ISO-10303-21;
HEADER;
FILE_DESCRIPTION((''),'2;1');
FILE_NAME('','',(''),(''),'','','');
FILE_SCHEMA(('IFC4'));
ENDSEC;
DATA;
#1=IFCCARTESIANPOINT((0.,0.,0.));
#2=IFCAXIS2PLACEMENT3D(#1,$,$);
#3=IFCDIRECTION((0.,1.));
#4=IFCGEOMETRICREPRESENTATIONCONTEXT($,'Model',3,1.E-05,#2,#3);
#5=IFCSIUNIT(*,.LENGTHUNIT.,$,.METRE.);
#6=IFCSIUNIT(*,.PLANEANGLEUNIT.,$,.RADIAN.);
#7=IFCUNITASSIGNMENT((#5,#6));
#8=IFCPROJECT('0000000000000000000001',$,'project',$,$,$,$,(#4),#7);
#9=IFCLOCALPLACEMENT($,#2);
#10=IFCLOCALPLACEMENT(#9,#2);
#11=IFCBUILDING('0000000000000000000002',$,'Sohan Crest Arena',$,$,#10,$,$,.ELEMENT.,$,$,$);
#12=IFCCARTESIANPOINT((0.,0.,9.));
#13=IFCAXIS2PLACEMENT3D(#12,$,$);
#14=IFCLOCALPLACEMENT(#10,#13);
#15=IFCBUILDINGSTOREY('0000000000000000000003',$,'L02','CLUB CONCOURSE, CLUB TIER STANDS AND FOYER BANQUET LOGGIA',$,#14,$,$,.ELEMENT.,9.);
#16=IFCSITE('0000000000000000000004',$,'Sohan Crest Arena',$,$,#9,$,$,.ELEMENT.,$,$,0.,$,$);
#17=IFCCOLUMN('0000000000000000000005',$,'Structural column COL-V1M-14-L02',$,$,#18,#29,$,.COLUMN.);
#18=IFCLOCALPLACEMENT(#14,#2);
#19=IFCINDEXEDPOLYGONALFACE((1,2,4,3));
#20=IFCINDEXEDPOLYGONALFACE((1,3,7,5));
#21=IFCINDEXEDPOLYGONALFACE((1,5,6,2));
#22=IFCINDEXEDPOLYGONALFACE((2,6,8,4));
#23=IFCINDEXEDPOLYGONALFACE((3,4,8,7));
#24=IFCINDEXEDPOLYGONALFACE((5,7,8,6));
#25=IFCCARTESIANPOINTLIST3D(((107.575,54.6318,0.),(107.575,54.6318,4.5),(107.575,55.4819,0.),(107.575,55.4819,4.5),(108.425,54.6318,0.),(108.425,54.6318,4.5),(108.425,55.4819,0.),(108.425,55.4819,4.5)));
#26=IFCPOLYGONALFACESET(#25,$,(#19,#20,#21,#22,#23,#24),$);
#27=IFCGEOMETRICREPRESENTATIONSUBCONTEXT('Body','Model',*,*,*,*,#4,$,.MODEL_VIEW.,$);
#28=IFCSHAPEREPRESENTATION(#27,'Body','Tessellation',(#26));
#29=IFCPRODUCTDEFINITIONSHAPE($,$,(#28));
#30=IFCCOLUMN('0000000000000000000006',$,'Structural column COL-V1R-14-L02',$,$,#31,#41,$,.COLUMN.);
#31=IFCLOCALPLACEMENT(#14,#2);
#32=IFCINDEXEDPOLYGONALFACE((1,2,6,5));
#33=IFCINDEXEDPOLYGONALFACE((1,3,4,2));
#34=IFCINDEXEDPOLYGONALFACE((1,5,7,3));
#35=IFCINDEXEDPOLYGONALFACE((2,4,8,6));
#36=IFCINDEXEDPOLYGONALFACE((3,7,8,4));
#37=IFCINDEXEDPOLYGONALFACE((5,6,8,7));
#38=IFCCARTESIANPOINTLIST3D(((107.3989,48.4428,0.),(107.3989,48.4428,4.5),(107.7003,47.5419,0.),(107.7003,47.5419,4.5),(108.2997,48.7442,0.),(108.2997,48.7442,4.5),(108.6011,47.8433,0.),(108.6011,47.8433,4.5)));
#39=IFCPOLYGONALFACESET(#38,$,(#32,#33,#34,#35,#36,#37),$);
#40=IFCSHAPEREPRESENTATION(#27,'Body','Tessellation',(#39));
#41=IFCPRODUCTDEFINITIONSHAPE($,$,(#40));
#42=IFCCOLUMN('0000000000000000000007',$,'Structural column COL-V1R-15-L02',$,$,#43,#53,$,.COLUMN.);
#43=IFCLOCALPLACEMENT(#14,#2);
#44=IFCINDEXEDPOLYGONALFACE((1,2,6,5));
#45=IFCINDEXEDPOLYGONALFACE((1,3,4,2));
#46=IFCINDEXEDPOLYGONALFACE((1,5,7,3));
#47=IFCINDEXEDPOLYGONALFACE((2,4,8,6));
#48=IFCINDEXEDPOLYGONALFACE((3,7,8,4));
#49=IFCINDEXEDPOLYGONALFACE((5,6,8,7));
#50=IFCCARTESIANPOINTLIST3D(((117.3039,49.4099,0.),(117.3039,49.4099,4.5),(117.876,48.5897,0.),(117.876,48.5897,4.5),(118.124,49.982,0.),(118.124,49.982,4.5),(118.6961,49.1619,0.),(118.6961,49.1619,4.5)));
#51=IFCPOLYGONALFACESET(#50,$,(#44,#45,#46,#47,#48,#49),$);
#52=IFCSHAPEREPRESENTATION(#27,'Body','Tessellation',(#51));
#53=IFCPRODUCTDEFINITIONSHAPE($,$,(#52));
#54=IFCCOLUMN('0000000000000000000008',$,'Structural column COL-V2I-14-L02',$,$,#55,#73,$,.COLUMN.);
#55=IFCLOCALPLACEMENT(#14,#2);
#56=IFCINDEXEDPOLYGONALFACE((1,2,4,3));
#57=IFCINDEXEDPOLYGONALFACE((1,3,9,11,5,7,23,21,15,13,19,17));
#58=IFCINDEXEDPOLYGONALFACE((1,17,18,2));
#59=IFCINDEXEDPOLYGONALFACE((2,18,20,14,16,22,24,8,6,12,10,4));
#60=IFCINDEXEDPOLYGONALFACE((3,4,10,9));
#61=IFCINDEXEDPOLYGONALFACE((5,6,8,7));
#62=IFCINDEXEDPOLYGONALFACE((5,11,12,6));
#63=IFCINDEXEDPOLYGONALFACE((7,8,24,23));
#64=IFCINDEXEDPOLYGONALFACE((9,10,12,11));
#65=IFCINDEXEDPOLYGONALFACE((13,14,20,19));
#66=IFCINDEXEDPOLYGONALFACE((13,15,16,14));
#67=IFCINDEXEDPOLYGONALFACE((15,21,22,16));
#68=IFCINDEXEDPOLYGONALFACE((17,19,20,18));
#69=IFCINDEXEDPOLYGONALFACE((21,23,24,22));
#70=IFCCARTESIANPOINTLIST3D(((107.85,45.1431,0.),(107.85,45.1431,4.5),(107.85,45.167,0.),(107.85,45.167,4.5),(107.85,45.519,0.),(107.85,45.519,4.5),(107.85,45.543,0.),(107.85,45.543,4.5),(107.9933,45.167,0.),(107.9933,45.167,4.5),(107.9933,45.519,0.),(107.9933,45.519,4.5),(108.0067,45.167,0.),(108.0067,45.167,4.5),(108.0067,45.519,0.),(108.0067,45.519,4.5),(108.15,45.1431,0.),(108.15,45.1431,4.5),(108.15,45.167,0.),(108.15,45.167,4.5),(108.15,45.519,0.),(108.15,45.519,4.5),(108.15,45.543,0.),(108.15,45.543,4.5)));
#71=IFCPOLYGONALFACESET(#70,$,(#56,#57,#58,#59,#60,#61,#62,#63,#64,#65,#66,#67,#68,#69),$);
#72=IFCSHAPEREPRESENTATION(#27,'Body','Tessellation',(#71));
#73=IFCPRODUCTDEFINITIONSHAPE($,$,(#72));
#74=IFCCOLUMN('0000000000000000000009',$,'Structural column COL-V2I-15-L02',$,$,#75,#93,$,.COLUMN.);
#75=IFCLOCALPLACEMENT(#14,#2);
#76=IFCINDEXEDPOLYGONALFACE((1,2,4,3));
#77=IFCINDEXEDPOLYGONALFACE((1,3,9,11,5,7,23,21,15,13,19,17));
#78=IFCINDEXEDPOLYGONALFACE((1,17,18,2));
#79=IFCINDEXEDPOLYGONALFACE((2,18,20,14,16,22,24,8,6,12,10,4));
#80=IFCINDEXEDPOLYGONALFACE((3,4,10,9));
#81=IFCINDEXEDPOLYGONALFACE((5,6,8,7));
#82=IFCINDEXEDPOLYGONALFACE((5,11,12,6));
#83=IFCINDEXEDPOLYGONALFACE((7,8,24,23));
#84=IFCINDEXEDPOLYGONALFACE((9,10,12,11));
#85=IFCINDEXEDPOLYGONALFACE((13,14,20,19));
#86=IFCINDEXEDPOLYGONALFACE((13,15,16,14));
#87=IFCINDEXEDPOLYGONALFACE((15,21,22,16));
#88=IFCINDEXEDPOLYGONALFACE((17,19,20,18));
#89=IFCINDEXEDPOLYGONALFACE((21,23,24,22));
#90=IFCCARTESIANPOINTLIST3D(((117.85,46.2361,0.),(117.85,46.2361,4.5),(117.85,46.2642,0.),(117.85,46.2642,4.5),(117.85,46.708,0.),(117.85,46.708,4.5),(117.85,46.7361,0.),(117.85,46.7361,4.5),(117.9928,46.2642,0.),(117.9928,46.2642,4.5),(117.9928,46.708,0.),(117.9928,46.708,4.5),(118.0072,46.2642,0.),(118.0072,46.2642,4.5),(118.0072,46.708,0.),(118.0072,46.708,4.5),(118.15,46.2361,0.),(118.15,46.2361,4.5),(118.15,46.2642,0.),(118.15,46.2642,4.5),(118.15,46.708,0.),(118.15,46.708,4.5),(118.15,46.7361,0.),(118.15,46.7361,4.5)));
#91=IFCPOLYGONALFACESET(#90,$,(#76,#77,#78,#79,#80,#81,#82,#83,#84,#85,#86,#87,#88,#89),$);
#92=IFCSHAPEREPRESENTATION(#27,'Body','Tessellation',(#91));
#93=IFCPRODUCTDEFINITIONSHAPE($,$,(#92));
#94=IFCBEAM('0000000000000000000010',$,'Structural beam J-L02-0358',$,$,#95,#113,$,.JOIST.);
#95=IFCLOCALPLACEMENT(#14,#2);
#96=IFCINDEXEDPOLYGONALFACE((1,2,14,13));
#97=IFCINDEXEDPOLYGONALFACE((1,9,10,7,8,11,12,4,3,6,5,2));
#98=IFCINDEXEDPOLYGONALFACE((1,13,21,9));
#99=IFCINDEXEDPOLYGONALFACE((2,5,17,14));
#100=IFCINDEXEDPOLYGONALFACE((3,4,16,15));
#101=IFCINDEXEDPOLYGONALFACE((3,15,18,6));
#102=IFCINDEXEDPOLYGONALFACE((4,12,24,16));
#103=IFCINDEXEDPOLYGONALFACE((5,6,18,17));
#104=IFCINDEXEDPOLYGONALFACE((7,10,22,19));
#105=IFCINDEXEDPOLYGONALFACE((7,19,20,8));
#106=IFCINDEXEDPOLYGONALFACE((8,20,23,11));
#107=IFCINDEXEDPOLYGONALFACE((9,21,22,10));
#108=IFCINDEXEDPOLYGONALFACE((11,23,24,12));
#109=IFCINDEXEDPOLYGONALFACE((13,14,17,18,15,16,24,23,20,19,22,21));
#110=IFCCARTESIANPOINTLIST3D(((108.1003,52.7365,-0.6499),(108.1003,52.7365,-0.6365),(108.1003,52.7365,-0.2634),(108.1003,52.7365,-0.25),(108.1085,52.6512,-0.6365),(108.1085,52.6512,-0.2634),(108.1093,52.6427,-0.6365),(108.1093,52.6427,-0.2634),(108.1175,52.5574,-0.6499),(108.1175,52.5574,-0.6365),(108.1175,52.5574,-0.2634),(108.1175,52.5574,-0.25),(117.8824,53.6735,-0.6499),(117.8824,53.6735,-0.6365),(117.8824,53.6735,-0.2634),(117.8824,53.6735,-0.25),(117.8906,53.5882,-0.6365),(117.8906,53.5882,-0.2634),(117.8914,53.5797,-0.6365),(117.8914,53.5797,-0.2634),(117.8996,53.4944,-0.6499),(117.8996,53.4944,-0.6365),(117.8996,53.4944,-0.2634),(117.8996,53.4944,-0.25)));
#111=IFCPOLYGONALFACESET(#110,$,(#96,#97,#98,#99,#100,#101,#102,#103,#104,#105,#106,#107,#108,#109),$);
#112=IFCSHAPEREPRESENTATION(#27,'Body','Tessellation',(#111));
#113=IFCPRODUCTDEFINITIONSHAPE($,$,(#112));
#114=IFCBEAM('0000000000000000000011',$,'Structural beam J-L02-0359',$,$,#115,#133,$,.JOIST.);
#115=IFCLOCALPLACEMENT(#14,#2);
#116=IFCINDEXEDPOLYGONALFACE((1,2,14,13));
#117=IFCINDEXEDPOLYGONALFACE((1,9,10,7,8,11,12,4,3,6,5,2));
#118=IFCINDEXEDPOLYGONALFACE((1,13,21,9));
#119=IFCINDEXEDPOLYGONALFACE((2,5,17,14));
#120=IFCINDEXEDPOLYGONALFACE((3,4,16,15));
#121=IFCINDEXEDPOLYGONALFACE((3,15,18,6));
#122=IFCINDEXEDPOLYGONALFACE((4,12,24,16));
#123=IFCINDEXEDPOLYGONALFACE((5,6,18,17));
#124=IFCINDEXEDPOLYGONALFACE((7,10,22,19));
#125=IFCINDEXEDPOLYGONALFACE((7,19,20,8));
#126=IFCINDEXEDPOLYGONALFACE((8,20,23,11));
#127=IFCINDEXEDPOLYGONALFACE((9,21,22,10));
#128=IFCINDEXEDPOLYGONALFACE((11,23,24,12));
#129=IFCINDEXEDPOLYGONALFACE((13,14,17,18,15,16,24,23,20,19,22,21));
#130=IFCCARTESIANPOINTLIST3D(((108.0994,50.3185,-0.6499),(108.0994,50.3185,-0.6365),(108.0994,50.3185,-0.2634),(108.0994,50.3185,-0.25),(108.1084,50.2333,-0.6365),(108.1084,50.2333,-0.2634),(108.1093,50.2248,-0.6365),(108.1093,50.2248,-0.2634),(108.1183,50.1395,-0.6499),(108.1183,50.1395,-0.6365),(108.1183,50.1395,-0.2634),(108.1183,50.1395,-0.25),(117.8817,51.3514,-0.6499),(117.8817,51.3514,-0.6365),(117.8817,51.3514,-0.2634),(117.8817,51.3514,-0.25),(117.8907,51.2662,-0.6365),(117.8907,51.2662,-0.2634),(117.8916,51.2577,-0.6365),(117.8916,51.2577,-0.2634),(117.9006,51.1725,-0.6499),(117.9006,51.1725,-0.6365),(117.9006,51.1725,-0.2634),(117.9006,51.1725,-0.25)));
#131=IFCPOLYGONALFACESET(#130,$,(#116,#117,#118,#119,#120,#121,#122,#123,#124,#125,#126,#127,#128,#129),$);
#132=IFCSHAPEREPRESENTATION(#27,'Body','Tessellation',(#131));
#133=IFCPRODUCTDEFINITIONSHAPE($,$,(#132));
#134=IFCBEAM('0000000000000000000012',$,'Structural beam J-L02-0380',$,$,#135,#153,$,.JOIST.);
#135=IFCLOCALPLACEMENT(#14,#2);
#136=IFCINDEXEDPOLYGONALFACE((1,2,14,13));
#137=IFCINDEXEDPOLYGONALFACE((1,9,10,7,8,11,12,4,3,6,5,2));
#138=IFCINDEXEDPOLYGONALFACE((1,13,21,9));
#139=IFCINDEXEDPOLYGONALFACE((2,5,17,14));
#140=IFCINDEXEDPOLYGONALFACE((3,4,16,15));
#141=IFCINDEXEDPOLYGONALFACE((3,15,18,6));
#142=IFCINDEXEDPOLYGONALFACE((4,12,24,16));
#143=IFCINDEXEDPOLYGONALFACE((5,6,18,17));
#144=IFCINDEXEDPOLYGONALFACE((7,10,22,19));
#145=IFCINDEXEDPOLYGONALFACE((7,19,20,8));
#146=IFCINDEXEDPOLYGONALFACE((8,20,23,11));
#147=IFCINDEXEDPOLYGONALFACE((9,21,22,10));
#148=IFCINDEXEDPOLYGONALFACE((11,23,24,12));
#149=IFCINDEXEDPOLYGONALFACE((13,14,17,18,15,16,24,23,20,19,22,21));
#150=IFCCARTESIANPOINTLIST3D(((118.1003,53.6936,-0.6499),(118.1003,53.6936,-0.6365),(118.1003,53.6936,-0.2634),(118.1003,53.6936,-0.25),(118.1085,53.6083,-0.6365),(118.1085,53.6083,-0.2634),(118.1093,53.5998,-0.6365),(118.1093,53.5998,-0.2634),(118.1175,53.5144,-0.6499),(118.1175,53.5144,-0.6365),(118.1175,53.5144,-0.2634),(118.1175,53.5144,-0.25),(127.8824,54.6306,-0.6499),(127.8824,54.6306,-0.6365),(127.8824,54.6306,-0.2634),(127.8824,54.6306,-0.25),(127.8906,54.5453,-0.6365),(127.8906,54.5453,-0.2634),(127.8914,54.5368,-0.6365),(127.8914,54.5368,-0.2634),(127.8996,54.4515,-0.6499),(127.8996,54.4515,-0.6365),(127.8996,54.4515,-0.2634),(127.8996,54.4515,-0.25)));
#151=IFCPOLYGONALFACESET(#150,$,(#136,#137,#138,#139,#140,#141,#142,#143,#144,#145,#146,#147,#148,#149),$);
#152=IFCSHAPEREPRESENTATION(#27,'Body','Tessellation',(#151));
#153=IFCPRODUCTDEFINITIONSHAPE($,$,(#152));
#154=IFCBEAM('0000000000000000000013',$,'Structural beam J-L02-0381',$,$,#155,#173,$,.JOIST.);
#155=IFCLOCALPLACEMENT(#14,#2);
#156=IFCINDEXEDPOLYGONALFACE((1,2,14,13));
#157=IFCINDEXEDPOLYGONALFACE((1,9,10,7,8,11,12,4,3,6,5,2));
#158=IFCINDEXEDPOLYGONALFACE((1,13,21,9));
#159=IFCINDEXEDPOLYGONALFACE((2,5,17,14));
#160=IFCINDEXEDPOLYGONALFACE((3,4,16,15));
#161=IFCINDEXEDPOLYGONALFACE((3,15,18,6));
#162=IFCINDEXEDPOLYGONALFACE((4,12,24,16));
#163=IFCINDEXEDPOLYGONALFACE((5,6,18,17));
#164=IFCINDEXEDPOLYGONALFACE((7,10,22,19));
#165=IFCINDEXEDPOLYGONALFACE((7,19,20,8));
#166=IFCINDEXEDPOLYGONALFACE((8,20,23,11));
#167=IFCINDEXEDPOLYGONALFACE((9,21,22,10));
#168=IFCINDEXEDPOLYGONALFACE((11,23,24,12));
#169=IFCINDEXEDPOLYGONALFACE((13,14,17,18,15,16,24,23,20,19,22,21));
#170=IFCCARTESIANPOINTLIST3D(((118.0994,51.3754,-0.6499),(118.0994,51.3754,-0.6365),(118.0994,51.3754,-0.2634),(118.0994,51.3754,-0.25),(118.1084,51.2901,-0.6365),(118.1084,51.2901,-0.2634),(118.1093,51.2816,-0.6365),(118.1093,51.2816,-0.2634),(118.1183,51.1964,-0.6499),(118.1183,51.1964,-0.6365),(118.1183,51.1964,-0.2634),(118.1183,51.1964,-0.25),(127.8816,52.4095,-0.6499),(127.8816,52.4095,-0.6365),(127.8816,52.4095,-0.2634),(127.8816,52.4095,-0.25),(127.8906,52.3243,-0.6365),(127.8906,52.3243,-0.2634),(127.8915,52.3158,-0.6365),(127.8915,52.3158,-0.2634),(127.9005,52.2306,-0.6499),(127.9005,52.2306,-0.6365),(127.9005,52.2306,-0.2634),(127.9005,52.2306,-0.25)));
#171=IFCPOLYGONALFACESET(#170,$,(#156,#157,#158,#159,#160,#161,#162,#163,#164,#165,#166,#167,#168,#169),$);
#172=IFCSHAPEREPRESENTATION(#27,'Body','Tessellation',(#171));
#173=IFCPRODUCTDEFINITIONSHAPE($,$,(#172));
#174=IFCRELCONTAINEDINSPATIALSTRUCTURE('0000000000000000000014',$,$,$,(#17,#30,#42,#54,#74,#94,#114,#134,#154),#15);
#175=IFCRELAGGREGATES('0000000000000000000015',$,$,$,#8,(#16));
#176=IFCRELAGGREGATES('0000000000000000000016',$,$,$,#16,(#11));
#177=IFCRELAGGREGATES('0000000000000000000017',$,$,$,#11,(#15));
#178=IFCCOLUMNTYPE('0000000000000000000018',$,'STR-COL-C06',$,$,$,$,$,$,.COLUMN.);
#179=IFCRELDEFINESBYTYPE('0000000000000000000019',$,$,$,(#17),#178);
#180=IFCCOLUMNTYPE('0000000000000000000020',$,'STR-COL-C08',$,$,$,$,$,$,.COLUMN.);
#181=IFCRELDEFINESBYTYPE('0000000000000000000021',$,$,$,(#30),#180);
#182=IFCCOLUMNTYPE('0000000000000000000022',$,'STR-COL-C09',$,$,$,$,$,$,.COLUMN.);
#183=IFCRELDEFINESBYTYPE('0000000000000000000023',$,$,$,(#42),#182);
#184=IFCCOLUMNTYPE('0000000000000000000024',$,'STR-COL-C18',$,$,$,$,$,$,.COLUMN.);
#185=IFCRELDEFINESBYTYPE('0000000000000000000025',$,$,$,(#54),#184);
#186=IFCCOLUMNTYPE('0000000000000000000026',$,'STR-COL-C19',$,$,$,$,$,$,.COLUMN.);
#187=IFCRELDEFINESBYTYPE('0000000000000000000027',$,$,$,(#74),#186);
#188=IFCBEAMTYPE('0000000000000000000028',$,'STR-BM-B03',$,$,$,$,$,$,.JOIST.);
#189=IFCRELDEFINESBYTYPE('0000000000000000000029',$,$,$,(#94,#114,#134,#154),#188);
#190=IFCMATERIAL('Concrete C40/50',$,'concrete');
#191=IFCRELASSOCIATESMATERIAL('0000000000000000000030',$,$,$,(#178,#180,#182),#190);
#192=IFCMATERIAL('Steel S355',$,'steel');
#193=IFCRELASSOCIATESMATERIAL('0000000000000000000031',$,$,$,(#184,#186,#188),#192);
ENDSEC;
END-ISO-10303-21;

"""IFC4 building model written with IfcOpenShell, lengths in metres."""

from ifc_helpers import new_model, si_unit, direction, frame, origin, origin_2d, place, context, subcontext, project, spatial, rectangle, i_section, extrude, material, material_profile, profile_set, type_object, element, save


model = new_model("IFC4")

# Units and contexts
model_context = context("Model", 3, precision=1e-05, world=origin(), true_north=direction((0.0, 1.0)))
body_context = subcontext(model_context, "Body", "Model", "MODEL_VIEW")
ifc_project = project(units=[si_unit("LENGTHUNIT", "METRE"), si_unit("PLANEANGLEUNIT", "RADIAN")], contexts=[model_context])

# Site, building, storey
site_placement = place(None, origin())
site = spatial("IfcSite", under=ifc_project, at=site_placement, Name="Sohan Crest Arena", CompositionType="ELEMENT", RefElevation=0.0)
building_placement = place(site_placement, origin())
building = spatial("IfcBuilding", under=site, at=building_placement, Name="Sohan Crest Arena", CompositionType="ELEMENT")
storey_placement = place(building_placement, frame((0.0, 0.0, 9.0)))
storey = spatial("IfcBuildingStorey", under=building, at=storey_placement, Name="L02", Description="CLUB CONCOURSE, CLUB TIER STANDS AND FOYER BANQUET LOGGIA", CompositionType="ELEMENT", Elevation=9.0)

# Columns
ifc_material_1 = material(Name="Concrete C40/50", Category="concrete")
ifc_material_profile_1 = material_profile(ifc_material_1, rectangle(XDim=0.8501, YDim=0.8501, at=origin_2d()), Name="RC 850x850")
ifc_profile_set_1 = profile_set([ifc_material_profile_1], Name="Concrete C40/50")
column_type_1 = type_object("IfcColumnType", Name="STR-COL-C06", PredefinedType="COLUMN", material=ifc_profile_set_1)
column_1_placement = place(storey_placement, frame((108.0, 55.0569, 0.0), z_axis=(0.0, 0.0, 1.0), x_axis=(1.0, 0.0, 0.0)))
element("IfcColumn", 1, at=column_1_placement, inside=storey, type_object=column_type_1, Name="Structural column COL-V1M-14-L02", PredefinedType="COLUMN", context=body_context, shape_type="SweptSolid", body=[
    extrude(rectangle(XDim=0.8501, YDim=0.8501, at=origin_2d()), origin(), (0.0, 0.0, 1.0), 4.5),
])
ifc_material_profile_2 = material_profile(ifc_material_1, rectangle(XDim=0.95, YDim=0.95, at=origin_2d()), Name="RC 950x950")
ifc_profile_set_2 = profile_set([ifc_material_profile_2], Name="Concrete C40/50")
column_type_2 = type_object("IfcColumnType", Name="STR-COL-C08", PredefinedType="COLUMN", material=ifc_profile_set_2)
column_2_placement = place(storey_placement, frame((108.0, 48.1431, 0.0), z_axis=(0.0, 0.0, 1.0), x_axis=(-0.317305, 0.948324, 0.0)))
element("IfcColumn", 2, at=column_2_placement, inside=storey, type_object=column_type_2, Name="Structural column COL-V1R-14-L02", PredefinedType="COLUMN", context=body_context, shape_type="SweptSolid", body=[
    extrude(rectangle(XDim=0.95, YDim=0.95, at=origin_2d()), origin(), (0.0, 0.0, 1.0), 4.5),
])
ifc_material_profile_3 = material_profile(ifc_material_1, rectangle(XDim=1.0, YDim=1.0, at=origin_2d()), Name="RC 1000x1000")
ifc_profile_set_3 = profile_set([ifc_material_profile_3], Name="Concrete C40/50")
column_type_3 = type_object("IfcColumnType", Name="STR-COL-C09", PredefinedType="COLUMN", material=ifc_profile_set_3)
column_3_placement = place(storey_placement, frame((118.0, 49.2859, 0.0), z_axis=(0.0, 0.0, 1.0), x_axis=(-0.572146, 0.820152, 0.0)))
element("IfcColumn", 3, at=column_3_placement, inside=storey, type_object=column_type_3, Name="Structural column COL-V1R-15-L02", PredefinedType="COLUMN", context=body_context, shape_type="SweptSolid", body=[
    extrude(rectangle(XDim=1.0, YDim=1.0, at=origin_2d()), origin(), (0.0, 0.0, 1.0), 4.5),
])
ifc_material_2 = material(Name="Steel S355", Category="steel")
ifc_material_profile_4 = material_profile(ifc_material_2, i_section(OverallWidth=0.3, OverallDepth=0.3999, WebThickness=0.0134, FlangeThickness=0.0239, at=origin_2d()), Name="HEB 400")
ifc_profile_set_4 = profile_set([ifc_material_profile_4], Name="Steel S355")
column_type_4 = type_object("IfcColumnType", Name="STR-COL-C18", PredefinedType="COLUMN", material=ifc_profile_set_4)
column_4_placement = place(storey_placement, frame((108.0, 45.343, 0.0), z_axis=(0.0, 0.0, 1.0), x_axis=(1.0, 0.0, 0.0)))
element("IfcColumn", 4, at=column_4_placement, inside=storey, type_object=column_type_4, Name="Structural column COL-V2I-14-L02", PredefinedType="COLUMN", context=body_context, shape_type="SweptSolid", body=[
    extrude(i_section(OverallWidth=0.3, OverallDepth=0.3999, WebThickness=0.0134, FlangeThickness=0.0239, at=origin_2d()), origin(), (0.0, 0.0, 1.0), 4.5),
])
ifc_material_profile_5 = material_profile(ifc_material_2, i_section(OverallWidth=0.3, OverallDepth=0.5, WebThickness=0.0144, FlangeThickness=0.0281, at=origin_2d()), Name="HEB 500")
ifc_profile_set_5 = profile_set([ifc_material_profile_5], Name="Steel S355")
column_type_5 = type_object("IfcColumnType", Name="STR-COL-C19", PredefinedType="COLUMN", material=ifc_profile_set_5)
column_5_placement = place(storey_placement, frame((118.0, 46.4861, 0.0), z_axis=(0.0, 0.0, 1.0), x_axis=(1.0, 0.0, 0.0)))
element("IfcColumn", 5, at=column_5_placement, inside=storey, type_object=column_type_5, Name="Structural column COL-V2I-15-L02", PredefinedType="COLUMN", context=body_context, shape_type="SweptSolid", body=[
    extrude(i_section(OverallWidth=0.3, OverallDepth=0.5, WebThickness=0.0144, FlangeThickness=0.0281, at=origin_2d()), origin(), (0.0, 0.0, 1.0), 4.5),
])

# Beams
ifc_material_profile_6 = material_profile(ifc_material_2, i_section(OverallWidth=0.1799, OverallDepth=0.3999, WebThickness=0.0085, FlangeThickness=0.0134, at=origin_2d()), Name="IPE 400")
ifc_profile_set_6 = profile_set([ifc_material_profile_6], Name="Steel S355")
beam_type_1 = type_object("IfcBeamType", Name="STR-BM-B03", PredefinedType="JOIST", material=ifc_profile_set_6)
beam_1_placement = place(storey_placement, frame((108.1089, 52.647, -0.45), z_axis=(0.995444, 0.095351, 0.0), x_axis=(-0.095351, 0.995444, 0.0)))
element("IfcBeam", 6, at=beam_1_placement, inside=storey, type_object=beam_type_1, Name="Structural beam J-L02-0358", PredefinedType="JOIST", context=body_context, shape_type="SweptSolid", body=[
    extrude(i_section(OverallWidth=0.1799, OverallDepth=0.3999, WebThickness=0.0085, FlangeThickness=0.0134, at=origin_2d()), origin(), (0.0, 0.0, 1.0), 9.8269),
])
beam_2_placement = place(storey_placement, frame((108.1089, 50.229, -0.45), z_axis=(0.994471, 0.105012, 0.0), x_axis=(-0.105012, 0.994471, 0.0)))
element("IfcBeam", 7, at=beam_2_placement, inside=storey, type_object=beam_type_1, Name="Structural beam J-L02-0359", PredefinedType="JOIST", context=body_context, shape_type="SweptSolid", body=[
    extrude(i_section(OverallWidth=0.1799, OverallDepth=0.3999, WebThickness=0.0085, FlangeThickness=0.0134, at=origin_2d()), origin(), (0.0, 0.0, 1.0), 9.8367),
])
beam_3_placement = place(storey_placement, frame((118.1089, 53.604, -0.45), z_axis=(0.995444, 0.095351, 0.0), x_axis=(-0.095351, 0.995444, 0.0)))
element("IfcBeam", 8, at=beam_3_placement, inside=storey, type_object=beam_type_1, Name="Structural beam J-L02-0380", PredefinedType="JOIST", context=body_context, shape_type="SweptSolid", body=[
    extrude(i_section(OverallWidth=0.1799, OverallDepth=0.3999, WebThickness=0.0085, FlangeThickness=0.0134, at=origin_2d()), origin(), (0.0, 0.0, 1.0), 9.8269),
])
beam_4_placement = place(storey_placement, frame((118.1089, 51.2859, -0.45), z_axis=(0.994458, 0.105134, 0.0), x_axis=(-0.105134, 0.994458, 0.0)))
element("IfcBeam", 9, at=beam_4_placement, inside=storey, type_object=beam_type_1, Name="Structural beam J-L02-0381", PredefinedType="JOIST", context=body_context, shape_type="SweptSolid", body=[
    extrude(i_section(OverallWidth=0.1799, OverallDepth=0.3999, WebThickness=0.0085, FlangeThickness=0.0134, at=origin_2d()), origin(), (0.0, 0.0, 1.0), 9.8367),
])

save(model, "model.ifc")
